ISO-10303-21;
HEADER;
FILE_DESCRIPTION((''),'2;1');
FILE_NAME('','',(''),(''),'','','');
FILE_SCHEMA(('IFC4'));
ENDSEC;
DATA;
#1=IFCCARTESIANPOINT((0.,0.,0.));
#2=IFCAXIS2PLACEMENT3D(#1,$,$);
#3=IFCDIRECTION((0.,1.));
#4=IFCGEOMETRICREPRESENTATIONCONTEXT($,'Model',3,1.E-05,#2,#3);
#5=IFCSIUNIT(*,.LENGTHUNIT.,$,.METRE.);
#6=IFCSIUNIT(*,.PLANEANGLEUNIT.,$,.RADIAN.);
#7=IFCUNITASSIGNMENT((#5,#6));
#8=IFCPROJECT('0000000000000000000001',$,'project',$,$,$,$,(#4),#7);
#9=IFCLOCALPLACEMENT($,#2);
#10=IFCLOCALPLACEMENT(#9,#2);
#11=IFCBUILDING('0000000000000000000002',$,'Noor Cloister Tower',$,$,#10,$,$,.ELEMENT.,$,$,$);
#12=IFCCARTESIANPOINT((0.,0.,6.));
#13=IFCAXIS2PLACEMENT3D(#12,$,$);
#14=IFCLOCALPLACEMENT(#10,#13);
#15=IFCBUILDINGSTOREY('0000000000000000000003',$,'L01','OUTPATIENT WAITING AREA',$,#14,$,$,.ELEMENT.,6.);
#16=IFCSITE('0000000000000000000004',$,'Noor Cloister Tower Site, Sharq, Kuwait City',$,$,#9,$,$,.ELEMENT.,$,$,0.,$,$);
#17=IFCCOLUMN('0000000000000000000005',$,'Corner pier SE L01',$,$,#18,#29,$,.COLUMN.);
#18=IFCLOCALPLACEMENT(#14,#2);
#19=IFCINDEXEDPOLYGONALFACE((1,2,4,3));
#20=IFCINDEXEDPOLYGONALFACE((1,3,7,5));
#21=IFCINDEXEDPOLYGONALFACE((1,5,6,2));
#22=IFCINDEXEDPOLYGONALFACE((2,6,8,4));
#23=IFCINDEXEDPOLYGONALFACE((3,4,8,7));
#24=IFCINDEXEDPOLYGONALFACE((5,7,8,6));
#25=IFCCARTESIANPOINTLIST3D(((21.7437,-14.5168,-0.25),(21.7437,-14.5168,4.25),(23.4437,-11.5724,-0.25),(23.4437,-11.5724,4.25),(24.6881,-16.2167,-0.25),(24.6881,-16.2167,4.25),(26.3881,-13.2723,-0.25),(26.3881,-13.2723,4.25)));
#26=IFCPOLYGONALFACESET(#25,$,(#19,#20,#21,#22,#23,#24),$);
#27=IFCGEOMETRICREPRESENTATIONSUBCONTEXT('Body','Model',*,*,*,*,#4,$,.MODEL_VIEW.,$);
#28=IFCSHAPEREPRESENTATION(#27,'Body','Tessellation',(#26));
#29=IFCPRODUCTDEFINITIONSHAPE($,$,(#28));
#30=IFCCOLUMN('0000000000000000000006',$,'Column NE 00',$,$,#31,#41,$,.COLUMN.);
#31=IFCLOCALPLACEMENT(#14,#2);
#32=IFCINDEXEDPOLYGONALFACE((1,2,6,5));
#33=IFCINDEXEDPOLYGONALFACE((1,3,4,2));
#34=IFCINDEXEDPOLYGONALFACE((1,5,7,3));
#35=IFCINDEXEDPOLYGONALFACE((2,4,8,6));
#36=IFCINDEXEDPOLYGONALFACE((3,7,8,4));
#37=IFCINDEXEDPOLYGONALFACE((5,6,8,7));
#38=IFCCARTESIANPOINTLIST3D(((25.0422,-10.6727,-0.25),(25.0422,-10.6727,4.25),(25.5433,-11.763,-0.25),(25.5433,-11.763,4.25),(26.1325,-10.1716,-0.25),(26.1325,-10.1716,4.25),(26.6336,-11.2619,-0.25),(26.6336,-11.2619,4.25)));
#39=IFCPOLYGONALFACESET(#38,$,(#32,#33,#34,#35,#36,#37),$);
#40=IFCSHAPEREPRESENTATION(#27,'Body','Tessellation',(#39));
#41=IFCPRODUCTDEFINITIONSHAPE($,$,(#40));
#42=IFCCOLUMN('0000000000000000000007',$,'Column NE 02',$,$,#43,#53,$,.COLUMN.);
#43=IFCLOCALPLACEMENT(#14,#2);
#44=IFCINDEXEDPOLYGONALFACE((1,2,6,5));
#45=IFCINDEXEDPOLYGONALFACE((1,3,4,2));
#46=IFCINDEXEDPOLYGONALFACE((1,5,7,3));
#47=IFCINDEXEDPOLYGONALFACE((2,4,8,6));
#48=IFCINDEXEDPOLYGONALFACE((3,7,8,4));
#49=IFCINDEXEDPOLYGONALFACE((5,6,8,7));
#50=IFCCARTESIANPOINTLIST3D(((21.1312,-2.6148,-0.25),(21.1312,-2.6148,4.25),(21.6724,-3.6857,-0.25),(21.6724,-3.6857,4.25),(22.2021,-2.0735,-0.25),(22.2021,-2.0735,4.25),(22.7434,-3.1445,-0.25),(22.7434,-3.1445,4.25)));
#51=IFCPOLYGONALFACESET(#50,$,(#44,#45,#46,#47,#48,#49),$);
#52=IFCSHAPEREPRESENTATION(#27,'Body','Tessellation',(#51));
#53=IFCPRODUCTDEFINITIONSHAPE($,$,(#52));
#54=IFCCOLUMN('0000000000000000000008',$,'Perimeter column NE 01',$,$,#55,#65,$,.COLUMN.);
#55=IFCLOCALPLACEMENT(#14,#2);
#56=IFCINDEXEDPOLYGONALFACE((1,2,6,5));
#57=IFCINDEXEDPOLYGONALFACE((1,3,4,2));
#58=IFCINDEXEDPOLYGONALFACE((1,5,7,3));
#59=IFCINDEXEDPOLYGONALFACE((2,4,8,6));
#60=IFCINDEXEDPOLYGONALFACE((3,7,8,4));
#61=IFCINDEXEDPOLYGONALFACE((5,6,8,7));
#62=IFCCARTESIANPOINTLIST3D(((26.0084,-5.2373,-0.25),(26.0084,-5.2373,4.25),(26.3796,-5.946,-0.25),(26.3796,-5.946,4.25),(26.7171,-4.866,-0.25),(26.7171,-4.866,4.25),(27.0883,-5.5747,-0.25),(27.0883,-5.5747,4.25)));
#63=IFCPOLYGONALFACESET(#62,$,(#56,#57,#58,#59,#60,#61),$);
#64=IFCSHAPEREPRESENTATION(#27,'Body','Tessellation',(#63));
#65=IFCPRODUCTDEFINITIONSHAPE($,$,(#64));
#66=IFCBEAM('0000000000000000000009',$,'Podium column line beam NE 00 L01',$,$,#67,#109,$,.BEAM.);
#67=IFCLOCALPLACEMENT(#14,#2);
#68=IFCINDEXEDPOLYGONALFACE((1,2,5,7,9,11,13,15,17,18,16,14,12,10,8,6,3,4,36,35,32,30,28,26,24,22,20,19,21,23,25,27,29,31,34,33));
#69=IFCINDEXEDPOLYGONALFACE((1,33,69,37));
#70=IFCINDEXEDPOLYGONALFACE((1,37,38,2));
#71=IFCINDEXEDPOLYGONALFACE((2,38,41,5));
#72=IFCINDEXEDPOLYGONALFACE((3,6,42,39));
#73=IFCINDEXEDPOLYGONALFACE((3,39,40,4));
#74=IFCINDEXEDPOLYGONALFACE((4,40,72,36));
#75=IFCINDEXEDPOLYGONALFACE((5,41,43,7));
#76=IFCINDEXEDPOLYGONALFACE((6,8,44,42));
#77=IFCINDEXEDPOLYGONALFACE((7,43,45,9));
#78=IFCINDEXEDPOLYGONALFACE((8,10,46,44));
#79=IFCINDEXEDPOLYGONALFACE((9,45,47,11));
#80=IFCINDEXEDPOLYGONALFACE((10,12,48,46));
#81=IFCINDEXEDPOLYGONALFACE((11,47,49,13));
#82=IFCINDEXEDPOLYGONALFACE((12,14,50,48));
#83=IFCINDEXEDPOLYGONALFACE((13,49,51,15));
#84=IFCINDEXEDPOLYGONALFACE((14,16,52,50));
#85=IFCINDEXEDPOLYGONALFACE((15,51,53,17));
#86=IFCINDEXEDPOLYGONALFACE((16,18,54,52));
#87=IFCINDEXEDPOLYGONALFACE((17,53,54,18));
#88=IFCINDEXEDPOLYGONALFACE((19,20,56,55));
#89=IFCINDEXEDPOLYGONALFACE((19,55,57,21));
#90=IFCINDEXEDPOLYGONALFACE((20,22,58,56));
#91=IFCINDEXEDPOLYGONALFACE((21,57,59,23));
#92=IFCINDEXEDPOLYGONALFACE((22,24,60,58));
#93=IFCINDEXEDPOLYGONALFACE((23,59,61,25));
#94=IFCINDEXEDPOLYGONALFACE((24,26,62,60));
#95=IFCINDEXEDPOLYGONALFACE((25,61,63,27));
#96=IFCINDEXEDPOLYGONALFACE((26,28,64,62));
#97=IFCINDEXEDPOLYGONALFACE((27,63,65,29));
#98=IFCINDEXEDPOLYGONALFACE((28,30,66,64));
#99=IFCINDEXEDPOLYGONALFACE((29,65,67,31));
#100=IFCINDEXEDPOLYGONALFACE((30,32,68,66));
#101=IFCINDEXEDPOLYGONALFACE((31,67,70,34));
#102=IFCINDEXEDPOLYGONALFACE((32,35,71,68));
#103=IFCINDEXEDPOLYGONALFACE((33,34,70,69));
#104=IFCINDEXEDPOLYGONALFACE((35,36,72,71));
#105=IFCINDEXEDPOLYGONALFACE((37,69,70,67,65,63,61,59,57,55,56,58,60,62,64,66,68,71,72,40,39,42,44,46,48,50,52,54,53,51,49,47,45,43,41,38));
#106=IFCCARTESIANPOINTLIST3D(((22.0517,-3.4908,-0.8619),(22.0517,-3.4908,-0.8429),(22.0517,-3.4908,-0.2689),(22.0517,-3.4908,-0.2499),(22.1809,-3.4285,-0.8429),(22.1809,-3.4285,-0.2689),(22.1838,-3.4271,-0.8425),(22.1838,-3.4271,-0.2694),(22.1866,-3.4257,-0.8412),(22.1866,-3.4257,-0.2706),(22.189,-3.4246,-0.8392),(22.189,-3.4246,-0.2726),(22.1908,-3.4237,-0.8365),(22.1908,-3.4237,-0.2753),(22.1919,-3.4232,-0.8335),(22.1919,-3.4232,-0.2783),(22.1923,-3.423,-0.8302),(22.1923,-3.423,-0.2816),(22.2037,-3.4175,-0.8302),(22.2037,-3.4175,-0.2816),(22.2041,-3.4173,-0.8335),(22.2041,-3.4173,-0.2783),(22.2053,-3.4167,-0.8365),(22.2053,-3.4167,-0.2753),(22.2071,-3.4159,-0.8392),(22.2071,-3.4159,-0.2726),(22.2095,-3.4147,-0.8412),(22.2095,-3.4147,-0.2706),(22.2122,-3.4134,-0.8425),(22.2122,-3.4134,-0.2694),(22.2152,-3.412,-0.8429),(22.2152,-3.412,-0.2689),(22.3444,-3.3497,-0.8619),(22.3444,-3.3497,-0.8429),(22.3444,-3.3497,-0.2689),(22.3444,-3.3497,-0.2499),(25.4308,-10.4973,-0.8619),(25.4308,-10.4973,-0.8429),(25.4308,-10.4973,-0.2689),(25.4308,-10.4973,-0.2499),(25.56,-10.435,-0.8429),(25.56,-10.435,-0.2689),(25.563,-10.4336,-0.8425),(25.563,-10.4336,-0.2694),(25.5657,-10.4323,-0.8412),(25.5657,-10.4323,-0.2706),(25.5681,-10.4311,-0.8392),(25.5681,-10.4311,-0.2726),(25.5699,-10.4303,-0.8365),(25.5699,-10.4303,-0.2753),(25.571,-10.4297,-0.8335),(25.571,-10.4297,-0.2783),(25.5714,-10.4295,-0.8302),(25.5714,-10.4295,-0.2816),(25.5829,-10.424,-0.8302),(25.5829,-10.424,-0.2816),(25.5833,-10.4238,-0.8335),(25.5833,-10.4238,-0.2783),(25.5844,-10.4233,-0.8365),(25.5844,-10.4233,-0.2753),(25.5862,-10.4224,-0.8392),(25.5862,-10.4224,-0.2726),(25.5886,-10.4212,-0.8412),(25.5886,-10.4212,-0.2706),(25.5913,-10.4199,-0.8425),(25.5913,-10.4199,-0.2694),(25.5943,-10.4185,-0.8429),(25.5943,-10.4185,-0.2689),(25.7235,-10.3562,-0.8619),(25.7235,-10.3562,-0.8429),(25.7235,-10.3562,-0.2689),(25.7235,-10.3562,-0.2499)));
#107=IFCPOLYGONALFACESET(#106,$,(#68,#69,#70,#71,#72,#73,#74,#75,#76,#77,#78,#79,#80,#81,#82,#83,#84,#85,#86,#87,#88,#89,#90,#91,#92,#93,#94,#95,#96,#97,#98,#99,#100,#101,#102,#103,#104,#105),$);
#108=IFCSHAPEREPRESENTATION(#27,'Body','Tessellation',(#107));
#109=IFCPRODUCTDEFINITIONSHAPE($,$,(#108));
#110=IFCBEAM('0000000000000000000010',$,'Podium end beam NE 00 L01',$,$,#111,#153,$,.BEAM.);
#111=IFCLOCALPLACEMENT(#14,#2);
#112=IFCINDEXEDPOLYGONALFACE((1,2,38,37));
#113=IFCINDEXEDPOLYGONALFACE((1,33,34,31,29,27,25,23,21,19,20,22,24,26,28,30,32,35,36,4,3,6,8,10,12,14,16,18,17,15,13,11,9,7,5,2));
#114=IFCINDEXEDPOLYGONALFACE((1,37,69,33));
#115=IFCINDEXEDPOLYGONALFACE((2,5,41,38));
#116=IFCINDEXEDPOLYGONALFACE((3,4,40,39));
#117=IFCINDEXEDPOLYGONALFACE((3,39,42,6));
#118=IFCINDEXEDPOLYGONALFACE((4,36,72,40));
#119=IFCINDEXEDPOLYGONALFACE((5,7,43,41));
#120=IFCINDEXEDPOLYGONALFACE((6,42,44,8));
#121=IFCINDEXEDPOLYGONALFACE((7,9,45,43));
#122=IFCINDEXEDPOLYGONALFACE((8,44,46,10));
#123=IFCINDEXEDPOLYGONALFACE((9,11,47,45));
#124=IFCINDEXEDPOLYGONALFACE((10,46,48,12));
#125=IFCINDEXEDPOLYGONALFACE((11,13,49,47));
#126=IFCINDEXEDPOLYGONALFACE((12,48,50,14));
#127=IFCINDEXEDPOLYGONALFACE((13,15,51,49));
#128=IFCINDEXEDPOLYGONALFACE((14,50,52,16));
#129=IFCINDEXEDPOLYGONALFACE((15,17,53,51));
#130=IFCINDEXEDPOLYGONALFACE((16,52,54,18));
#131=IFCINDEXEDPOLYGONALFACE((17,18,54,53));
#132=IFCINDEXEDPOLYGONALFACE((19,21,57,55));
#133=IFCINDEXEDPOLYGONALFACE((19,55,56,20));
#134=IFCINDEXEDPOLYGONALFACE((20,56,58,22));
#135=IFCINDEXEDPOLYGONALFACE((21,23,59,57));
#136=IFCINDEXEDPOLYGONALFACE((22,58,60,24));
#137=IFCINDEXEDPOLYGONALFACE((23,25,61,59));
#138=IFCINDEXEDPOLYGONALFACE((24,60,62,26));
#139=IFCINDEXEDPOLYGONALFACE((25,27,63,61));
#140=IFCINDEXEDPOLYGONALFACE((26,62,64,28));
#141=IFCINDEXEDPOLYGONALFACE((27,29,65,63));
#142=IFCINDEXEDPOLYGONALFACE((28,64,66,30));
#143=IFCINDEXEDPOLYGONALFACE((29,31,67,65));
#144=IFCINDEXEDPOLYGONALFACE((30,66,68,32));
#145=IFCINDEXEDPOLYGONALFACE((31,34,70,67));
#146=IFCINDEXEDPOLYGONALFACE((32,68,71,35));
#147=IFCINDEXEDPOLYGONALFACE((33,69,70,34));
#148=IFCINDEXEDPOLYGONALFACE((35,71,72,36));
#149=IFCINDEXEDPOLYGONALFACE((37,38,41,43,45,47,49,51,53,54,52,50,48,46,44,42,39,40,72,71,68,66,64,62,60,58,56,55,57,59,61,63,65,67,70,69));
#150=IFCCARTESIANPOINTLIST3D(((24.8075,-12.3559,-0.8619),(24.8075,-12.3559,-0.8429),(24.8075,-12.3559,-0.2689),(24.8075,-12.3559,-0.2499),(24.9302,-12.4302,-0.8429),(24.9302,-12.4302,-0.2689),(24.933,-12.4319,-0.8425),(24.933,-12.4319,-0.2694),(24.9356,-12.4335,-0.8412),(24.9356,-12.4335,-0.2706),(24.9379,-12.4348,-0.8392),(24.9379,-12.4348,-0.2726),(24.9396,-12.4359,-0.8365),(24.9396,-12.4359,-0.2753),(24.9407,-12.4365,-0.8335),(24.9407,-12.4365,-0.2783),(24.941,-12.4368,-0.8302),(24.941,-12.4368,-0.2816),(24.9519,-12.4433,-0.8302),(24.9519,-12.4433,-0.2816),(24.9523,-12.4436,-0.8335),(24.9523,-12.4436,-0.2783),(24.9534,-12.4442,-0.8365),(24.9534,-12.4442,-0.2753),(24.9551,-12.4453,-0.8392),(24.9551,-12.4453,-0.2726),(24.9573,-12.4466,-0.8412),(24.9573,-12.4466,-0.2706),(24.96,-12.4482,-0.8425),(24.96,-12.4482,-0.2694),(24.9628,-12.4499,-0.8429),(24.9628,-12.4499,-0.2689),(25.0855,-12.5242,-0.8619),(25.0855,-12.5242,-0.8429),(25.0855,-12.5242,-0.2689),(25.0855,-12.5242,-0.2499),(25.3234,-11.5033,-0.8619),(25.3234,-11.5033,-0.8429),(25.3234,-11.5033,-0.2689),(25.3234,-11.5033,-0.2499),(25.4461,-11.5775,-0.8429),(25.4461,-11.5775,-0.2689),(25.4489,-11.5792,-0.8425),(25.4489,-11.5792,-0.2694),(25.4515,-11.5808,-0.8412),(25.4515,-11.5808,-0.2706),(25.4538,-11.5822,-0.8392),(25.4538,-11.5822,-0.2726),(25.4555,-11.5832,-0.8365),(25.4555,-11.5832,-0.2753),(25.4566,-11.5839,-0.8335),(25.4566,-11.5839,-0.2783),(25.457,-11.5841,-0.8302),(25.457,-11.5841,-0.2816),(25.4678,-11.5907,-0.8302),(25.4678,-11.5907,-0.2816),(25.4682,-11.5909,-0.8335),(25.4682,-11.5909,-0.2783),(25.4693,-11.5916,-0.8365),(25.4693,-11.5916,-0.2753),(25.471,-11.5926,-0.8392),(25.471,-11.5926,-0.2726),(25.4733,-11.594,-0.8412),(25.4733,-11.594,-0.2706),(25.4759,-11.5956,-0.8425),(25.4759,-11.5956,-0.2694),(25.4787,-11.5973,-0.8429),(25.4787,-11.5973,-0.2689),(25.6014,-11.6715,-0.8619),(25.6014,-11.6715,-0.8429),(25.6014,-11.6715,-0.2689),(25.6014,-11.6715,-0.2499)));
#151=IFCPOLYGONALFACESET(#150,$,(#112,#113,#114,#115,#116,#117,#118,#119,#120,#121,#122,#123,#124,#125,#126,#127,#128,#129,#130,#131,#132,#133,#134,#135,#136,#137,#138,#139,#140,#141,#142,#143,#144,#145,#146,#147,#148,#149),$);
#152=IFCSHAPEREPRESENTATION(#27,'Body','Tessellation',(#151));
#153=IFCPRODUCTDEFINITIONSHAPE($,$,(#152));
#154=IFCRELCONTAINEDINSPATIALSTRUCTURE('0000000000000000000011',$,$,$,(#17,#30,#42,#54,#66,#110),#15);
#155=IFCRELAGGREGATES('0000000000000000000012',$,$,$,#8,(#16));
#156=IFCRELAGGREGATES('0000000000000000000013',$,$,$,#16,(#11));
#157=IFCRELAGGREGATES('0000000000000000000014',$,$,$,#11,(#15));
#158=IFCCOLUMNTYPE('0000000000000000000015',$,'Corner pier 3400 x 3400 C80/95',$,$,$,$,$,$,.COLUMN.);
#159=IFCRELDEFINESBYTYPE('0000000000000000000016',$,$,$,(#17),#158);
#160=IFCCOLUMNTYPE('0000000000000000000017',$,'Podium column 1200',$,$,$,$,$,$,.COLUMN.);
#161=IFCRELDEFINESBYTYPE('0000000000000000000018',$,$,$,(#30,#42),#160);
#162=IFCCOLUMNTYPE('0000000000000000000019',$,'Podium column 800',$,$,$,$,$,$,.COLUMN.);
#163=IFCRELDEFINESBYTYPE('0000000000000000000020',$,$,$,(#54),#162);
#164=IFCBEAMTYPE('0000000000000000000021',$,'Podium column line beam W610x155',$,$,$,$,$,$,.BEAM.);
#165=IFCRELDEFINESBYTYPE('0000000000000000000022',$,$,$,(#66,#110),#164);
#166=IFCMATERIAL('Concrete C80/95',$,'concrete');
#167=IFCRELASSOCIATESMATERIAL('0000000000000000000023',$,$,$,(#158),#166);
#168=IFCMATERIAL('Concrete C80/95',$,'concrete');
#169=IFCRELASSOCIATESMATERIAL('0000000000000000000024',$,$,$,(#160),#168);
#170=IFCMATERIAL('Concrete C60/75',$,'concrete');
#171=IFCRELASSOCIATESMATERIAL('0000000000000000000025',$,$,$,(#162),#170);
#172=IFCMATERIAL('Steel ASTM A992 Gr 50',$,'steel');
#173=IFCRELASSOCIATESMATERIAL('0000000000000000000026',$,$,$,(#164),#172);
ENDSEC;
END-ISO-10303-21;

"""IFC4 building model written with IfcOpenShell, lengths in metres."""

from ifc_helpers import new_model, si_unit, direction, frame, origin, origin_2d, place, context, subcontext, project, spatial, rectangle, i_section, extrude, material, material_profile, profile_set, type_object, element, save


model = new_model("IFC4")

# Units and contexts
model_context = context("Model", 3, precision=1e-05, world=origin(), true_north=direction((0.0, 1.0)))
body_context = subcontext(model_context, "Body", "Model", "MODEL_VIEW")
ifc_project = project(units=[si_unit("LENGTHUNIT", "METRE"), si_unit("PLANEANGLEUNIT", "RADIAN")], contexts=[model_context])

# Site, building, storey
site_placement = place(None, origin())
site = spatial("IfcSite", under=ifc_project, at=site_placement, Name="Noor Cloister Tower Site, Sharq, Kuwait City", CompositionType="ELEMENT", RefElevation=0.0)
building_placement = place(site_placement, origin())
building = spatial("IfcBuilding", under=site, at=building_placement, Name="Noor Cloister Tower", CompositionType="ELEMENT")
storey_placement = place(building_placement, frame((0.0, 0.0, 6.0)))
storey = spatial("IfcBuildingStorey", under=building, at=storey_placement, Name="L01", Description="OUTPATIENT WAITING AREA", CompositionType="ELEMENT", Elevation=6.0)

# Columns
ifc_material_1 = material(Name="Concrete C80/95", Category="concrete")
ifc_material_profile_1 = material_profile(ifc_material_1, rectangle(XDim=3.3999, YDim=3.3999, at=origin_2d()), Name="RC 3400x3400")
ifc_profile_set_1 = profile_set([ifc_material_profile_1], Name="Concrete C80/95")
column_type_1 = type_object("IfcColumnType", Name="Corner pier 3400 x 3400 C80/95", PredefinedType="COLUMN", material=ifc_profile_set_1)
column_1_placement = place(storey_placement, frame((24.0659, -13.8945, -0.25), z_axis=(0.0, 0.0, 1.0), x_axis=(0.866025, -0.5, 0.0)))
element("IfcColumn", 1, at=column_1_placement, inside=storey, type_object=column_type_1, Name="Corner pier SE L01", PredefinedType="COLUMN", context=body_context, shape_type="SweptSolid", body=[
    extrude(rectangle(XDim=3.3999, YDim=3.3999, at=origin_2d()), origin(), (0.0, 0.0, 1.0), 4.5),
])
ifc_material_2 = material(Name="Concrete C80/95", Category="concrete")
ifc_material_profile_2 = material_profile(ifc_material_2, rectangle(XDim=1.2, YDim=1.2, at=origin_2d()), Name="Podium column 1200")
ifc_profile_set_2 = profile_set([ifc_material_profile_2], Name="Concrete C80/95")
column_type_2 = type_object("IfcColumnType", Name="Podium column 1200", PredefinedType="COLUMN", material=ifc_profile_set_2)
for number, where, z_axis, x_axis, name in (
    (2, (25.8379, -10.9673, -0.25), (0.0, 0.0, 1.0), (0.90862, 0.417624, 0.0), "Column NE 00"),
    (3, (21.9373, -2.8796, -0.25), (0.0, 0.0, 1.0), (0.892501, 0.451046, 0.0), "Column NE 02"),
):
    element("IfcColumn", number, at=place(storey_placement, frame(where, z_axis=z_axis, x_axis=x_axis)), inside=storey, type_object=column_type_2, Name=name, PredefinedType="COLUMN", context=body_context, shape_type="SweptSolid", body=[
        extrude(rectangle(XDim=1.2, YDim=1.2, at=origin_2d()), origin(), (0.0, 0.0, 1.0), 4.5),
    ])
ifc_material_3 = material(Name="Concrete C60/75", Category="concrete")
ifc_material_profile_3 = material_profile(ifc_material_3, rectangle(XDim=0.8, YDim=0.8, at=origin_2d()), Name="Podium column 800")
ifc_profile_set_3 = profile_set([ifc_material_profile_3], Name="Concrete C60/75")
column_type_3 = type_object("IfcColumnType", Name="Podium column 800", PredefinedType="COLUMN", material=ifc_profile_set_3)
column_2_placement = place(storey_placement, frame((26.5483, -5.406, -0.25), z_axis=(0.0, 0.0, 1.0), x_axis=(0.885828, 0.464014, 0.0)))
element("IfcColumn", 4, at=column_2_placement, inside=storey, type_object=column_type_3, Name="Perimeter column NE 01", PredefinedType="COLUMN", context=body_context, shape_type="SweptSolid", body=[
    extrude(rectangle(XDim=0.8, YDim=0.8, at=origin_2d()), origin(), (0.0, 0.0, 1.0), 4.5),
])

# Beams
ifc_material_4 = material(Name="Steel ASTM A992 Gr 50", Category="steel")
ifc_material_profile_4 = material_profile(ifc_material_4, i_section(OverallWidth=0.325, OverallDepth=0.6121, WebThickness=0.0127, FlangeThickness=0.019, FilletRadius=0.0127, at=origin_2d()), Name="W610x155")
ifc_profile_set_4 = profile_set([ifc_material_profile_4], Name="Steel ASTM A992 Gr 50")
beam_type_1 = type_object("IfcBeamType", Name="Podium column line beam W610x155", PredefinedType="BEAM", material=ifc_profile_set_4)
beam_1_placement = place(storey_placement, frame((25.5771, -10.4268, -0.5559), z_axis=(-0.434401, 0.90072, 0.0), x_axis=(-0.90072, -0.434401, 0.0)))
element("IfcBeam", 5, at=beam_1_placement, inside=storey, type_object=beam_type_1, Name="Podium column line beam NE 00 L01", PredefinedType="BEAM", context=body_context, shape_type="SweptSolid", body=[
    extrude(i_section(OverallWidth=0.325, OverallDepth=0.6121, WebThickness=0.0127, FlangeThickness=0.019, FilletRadius=0.0127, at=origin_2d()), origin(), (0.0, 0.0, 1.0), 7.7788),
])
beam_2_placement = place(storey_placement, frame((25.4624, -11.5874, -0.5559), z_axis=(-0.517699, -0.855563, 0.0), x_axis=(0.855563, -0.517699, 0.0)))
element("IfcBeam", 6, at=beam_2_placement, inside=storey, type_object=beam_type_1, Name="Podium end beam NE 00 L01", PredefinedType="BEAM", context=body_context, shape_type="SweptSolid", body=[
    extrude(i_section(OverallWidth=0.325, OverallDepth=0.6121, WebThickness=0.0127, FlangeThickness=0.019, FilletRadius=0.0127, at=origin_2d()), origin(), (0.0, 0.0, 1.0), 0.9966),
])

save(model, "model.ifc")
